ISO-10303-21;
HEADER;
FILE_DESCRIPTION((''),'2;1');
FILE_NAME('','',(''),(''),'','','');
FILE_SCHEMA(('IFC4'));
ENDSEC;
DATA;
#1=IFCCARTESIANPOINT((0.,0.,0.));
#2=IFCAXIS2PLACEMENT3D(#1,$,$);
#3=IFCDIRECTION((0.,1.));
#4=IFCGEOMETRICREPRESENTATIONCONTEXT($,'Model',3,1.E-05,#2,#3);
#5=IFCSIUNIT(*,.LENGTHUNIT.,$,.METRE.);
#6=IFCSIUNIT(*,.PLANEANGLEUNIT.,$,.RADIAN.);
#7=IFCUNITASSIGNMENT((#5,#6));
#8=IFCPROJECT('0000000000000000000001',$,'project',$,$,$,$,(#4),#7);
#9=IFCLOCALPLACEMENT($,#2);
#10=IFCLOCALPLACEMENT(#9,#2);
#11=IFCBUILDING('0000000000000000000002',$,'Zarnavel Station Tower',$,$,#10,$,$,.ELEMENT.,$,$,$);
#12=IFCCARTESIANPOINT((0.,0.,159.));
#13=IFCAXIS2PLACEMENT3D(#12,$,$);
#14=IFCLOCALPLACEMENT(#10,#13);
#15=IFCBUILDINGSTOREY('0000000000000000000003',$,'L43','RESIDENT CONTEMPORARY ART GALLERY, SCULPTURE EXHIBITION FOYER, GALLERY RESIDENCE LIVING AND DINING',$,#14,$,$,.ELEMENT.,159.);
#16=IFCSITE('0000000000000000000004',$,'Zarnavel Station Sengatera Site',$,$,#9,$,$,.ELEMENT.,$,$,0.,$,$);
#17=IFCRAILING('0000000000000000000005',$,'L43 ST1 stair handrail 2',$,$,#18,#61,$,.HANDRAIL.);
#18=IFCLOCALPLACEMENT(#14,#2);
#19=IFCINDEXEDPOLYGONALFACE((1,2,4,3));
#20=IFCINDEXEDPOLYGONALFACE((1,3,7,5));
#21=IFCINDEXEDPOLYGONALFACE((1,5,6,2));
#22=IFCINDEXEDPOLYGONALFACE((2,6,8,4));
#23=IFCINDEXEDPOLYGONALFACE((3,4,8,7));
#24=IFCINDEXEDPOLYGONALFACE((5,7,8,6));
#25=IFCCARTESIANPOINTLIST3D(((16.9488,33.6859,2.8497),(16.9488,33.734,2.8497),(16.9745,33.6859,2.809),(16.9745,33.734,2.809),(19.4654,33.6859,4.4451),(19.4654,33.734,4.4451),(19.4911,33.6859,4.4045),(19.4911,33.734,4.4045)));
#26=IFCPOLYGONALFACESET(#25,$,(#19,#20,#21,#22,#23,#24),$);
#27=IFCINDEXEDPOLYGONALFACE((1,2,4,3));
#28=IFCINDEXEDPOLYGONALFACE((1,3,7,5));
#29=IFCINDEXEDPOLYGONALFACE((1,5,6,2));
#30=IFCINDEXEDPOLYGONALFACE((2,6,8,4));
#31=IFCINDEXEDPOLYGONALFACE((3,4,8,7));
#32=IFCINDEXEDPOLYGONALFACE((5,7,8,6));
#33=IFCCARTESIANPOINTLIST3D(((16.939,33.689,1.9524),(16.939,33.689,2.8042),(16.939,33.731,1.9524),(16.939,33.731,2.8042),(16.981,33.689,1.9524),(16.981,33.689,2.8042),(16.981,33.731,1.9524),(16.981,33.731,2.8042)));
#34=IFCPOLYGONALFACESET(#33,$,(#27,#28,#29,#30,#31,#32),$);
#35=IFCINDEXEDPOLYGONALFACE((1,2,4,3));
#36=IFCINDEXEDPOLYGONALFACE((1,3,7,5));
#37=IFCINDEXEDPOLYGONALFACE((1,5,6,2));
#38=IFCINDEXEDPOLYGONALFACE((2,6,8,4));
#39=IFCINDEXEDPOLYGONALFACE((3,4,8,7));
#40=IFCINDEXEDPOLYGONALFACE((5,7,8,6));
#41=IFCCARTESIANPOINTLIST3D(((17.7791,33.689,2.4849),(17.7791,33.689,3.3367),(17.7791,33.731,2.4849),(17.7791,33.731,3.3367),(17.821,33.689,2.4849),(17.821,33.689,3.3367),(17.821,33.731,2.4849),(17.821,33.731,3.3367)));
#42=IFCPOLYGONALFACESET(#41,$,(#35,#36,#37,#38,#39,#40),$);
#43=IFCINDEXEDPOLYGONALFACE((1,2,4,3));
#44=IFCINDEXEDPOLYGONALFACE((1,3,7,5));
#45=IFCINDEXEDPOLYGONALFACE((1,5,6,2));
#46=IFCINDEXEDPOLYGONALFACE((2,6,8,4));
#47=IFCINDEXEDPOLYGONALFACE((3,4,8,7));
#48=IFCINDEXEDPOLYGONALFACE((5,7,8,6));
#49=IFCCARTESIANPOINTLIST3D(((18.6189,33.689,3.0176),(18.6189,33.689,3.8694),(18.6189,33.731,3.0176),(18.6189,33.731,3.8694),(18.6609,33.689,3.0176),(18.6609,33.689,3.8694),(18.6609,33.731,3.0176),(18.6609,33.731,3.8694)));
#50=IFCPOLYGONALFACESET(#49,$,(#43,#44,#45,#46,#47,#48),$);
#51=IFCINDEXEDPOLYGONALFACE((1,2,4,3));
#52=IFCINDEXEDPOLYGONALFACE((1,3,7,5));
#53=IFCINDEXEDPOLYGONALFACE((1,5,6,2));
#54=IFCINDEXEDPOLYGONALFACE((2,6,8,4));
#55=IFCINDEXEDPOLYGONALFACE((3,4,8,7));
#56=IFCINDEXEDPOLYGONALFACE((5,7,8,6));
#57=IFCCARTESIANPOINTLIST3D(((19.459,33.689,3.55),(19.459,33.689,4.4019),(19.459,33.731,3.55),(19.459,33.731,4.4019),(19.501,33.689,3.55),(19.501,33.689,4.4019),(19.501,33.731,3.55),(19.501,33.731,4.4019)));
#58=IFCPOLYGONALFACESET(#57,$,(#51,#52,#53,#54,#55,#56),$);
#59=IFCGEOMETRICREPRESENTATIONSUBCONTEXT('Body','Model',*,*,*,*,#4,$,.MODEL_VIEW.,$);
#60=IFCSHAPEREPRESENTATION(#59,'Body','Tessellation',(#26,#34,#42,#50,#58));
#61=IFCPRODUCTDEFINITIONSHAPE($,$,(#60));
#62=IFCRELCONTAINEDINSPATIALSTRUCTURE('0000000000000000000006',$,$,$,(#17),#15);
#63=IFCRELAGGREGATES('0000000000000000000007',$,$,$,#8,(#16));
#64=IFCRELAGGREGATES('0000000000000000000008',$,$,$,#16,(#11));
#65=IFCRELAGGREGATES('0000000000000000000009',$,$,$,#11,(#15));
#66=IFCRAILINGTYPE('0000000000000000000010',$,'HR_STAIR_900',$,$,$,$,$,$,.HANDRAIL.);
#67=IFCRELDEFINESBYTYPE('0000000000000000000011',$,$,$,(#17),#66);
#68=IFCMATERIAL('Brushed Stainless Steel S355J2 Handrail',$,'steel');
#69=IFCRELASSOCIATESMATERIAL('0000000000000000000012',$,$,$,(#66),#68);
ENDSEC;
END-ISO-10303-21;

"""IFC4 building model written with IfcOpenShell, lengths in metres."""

from ifc_helpers import new_model, si_unit, direction, frame, origin, origin_2d, place, context, subcontext, project, spatial, rectangle, extrude, material, type_object, element, save


model = new_model("IFC4")

# Units and contexts
model_context = context("Model", 3, precision=1e-05, world=origin(), true_north=direction((0.0, 1.0)))
body_context = subcontext(model_context, "Body", "Model", "MODEL_VIEW")
ifc_project = project(units=[si_unit("LENGTHUNIT", "METRE"), si_unit("PLANEANGLEUNIT", "RADIAN")], contexts=[model_context])

# Site, building, storey
site_placement = place(None, origin())
site = spatial("IfcSite", under=ifc_project, at=site_placement, Name="Zarnavel Station Sengatera Site", CompositionType="ELEMENT", RefElevation=0.0)
building_placement = place(site_placement, origin())
building = spatial("IfcBuilding", under=site, at=building_placement, Name="Zarnavel Station Tower", CompositionType="ELEMENT")
storey_placement = place(building_placement, frame((0.0, 0.0, 159.0)))
storey = spatial("IfcBuildingStorey", under=building, at=storey_placement, Name="L43", Description="RESIDENT CONTEMPORARY ART GALLERY, SCULPTURE EXHIBITION FOYER, GALLERY RESIDENCE LIVING AND DINING", CompositionType="ELEMENT", Elevation=159.0)

# Railing
ifc_material_1 = material(Name="Brushed Stainless Steel S355J2 Handrail", Category="steel")
railing_type_1 = type_object("IfcRailingType", Name="HR_STAIR_900", PredefinedType="HANDRAIL", material=ifc_material_1)
railing_1_placement = place(storey_placement, frame((16.96, 33.71, 1.9524)))
element("IfcRailing", 1, at=railing_1_placement, inside=storey, type_object=railing_type_1, Name="L43 ST1 stair handrail 2", PredefinedType="HANDRAIL", context=body_context, shape_type="SweptSolid", body=[
    extrude(rectangle(XDim=0.0481, YDim=0.0481, at=origin_2d()), frame((0.0017, 0.0, 0.877), z_axis=(0.84457, 0.0, 0.535445), x_axis=(0.0, 1.0, 0.0)), (0.0, 0.0, 1.0), 2.9797),
    extrude(rectangle(XDim=0.042, YDim=0.042, at=origin_2d()), origin(), (0.0, 0.0, 1.0), 0.8518),
    extrude(rectangle(XDim=0.042, YDim=0.042, at=origin_2d()), frame((0.8401, 0.0, 0.5325)), (0.0, 0.0, 1.0), 0.8518),
    extrude(rectangle(XDim=0.042, YDim=0.042, at=origin_2d()), frame((1.6799, 0.0, 1.0652)), (0.0, 0.0, 1.0), 0.8518),
    extrude(rectangle(XDim=0.042, YDim=0.042, at=origin_2d()), frame((2.52, 0.0, 1.5977)), (0.0, 0.0, 1.0), 0.8518),
])

save(model, "model.ifc")
